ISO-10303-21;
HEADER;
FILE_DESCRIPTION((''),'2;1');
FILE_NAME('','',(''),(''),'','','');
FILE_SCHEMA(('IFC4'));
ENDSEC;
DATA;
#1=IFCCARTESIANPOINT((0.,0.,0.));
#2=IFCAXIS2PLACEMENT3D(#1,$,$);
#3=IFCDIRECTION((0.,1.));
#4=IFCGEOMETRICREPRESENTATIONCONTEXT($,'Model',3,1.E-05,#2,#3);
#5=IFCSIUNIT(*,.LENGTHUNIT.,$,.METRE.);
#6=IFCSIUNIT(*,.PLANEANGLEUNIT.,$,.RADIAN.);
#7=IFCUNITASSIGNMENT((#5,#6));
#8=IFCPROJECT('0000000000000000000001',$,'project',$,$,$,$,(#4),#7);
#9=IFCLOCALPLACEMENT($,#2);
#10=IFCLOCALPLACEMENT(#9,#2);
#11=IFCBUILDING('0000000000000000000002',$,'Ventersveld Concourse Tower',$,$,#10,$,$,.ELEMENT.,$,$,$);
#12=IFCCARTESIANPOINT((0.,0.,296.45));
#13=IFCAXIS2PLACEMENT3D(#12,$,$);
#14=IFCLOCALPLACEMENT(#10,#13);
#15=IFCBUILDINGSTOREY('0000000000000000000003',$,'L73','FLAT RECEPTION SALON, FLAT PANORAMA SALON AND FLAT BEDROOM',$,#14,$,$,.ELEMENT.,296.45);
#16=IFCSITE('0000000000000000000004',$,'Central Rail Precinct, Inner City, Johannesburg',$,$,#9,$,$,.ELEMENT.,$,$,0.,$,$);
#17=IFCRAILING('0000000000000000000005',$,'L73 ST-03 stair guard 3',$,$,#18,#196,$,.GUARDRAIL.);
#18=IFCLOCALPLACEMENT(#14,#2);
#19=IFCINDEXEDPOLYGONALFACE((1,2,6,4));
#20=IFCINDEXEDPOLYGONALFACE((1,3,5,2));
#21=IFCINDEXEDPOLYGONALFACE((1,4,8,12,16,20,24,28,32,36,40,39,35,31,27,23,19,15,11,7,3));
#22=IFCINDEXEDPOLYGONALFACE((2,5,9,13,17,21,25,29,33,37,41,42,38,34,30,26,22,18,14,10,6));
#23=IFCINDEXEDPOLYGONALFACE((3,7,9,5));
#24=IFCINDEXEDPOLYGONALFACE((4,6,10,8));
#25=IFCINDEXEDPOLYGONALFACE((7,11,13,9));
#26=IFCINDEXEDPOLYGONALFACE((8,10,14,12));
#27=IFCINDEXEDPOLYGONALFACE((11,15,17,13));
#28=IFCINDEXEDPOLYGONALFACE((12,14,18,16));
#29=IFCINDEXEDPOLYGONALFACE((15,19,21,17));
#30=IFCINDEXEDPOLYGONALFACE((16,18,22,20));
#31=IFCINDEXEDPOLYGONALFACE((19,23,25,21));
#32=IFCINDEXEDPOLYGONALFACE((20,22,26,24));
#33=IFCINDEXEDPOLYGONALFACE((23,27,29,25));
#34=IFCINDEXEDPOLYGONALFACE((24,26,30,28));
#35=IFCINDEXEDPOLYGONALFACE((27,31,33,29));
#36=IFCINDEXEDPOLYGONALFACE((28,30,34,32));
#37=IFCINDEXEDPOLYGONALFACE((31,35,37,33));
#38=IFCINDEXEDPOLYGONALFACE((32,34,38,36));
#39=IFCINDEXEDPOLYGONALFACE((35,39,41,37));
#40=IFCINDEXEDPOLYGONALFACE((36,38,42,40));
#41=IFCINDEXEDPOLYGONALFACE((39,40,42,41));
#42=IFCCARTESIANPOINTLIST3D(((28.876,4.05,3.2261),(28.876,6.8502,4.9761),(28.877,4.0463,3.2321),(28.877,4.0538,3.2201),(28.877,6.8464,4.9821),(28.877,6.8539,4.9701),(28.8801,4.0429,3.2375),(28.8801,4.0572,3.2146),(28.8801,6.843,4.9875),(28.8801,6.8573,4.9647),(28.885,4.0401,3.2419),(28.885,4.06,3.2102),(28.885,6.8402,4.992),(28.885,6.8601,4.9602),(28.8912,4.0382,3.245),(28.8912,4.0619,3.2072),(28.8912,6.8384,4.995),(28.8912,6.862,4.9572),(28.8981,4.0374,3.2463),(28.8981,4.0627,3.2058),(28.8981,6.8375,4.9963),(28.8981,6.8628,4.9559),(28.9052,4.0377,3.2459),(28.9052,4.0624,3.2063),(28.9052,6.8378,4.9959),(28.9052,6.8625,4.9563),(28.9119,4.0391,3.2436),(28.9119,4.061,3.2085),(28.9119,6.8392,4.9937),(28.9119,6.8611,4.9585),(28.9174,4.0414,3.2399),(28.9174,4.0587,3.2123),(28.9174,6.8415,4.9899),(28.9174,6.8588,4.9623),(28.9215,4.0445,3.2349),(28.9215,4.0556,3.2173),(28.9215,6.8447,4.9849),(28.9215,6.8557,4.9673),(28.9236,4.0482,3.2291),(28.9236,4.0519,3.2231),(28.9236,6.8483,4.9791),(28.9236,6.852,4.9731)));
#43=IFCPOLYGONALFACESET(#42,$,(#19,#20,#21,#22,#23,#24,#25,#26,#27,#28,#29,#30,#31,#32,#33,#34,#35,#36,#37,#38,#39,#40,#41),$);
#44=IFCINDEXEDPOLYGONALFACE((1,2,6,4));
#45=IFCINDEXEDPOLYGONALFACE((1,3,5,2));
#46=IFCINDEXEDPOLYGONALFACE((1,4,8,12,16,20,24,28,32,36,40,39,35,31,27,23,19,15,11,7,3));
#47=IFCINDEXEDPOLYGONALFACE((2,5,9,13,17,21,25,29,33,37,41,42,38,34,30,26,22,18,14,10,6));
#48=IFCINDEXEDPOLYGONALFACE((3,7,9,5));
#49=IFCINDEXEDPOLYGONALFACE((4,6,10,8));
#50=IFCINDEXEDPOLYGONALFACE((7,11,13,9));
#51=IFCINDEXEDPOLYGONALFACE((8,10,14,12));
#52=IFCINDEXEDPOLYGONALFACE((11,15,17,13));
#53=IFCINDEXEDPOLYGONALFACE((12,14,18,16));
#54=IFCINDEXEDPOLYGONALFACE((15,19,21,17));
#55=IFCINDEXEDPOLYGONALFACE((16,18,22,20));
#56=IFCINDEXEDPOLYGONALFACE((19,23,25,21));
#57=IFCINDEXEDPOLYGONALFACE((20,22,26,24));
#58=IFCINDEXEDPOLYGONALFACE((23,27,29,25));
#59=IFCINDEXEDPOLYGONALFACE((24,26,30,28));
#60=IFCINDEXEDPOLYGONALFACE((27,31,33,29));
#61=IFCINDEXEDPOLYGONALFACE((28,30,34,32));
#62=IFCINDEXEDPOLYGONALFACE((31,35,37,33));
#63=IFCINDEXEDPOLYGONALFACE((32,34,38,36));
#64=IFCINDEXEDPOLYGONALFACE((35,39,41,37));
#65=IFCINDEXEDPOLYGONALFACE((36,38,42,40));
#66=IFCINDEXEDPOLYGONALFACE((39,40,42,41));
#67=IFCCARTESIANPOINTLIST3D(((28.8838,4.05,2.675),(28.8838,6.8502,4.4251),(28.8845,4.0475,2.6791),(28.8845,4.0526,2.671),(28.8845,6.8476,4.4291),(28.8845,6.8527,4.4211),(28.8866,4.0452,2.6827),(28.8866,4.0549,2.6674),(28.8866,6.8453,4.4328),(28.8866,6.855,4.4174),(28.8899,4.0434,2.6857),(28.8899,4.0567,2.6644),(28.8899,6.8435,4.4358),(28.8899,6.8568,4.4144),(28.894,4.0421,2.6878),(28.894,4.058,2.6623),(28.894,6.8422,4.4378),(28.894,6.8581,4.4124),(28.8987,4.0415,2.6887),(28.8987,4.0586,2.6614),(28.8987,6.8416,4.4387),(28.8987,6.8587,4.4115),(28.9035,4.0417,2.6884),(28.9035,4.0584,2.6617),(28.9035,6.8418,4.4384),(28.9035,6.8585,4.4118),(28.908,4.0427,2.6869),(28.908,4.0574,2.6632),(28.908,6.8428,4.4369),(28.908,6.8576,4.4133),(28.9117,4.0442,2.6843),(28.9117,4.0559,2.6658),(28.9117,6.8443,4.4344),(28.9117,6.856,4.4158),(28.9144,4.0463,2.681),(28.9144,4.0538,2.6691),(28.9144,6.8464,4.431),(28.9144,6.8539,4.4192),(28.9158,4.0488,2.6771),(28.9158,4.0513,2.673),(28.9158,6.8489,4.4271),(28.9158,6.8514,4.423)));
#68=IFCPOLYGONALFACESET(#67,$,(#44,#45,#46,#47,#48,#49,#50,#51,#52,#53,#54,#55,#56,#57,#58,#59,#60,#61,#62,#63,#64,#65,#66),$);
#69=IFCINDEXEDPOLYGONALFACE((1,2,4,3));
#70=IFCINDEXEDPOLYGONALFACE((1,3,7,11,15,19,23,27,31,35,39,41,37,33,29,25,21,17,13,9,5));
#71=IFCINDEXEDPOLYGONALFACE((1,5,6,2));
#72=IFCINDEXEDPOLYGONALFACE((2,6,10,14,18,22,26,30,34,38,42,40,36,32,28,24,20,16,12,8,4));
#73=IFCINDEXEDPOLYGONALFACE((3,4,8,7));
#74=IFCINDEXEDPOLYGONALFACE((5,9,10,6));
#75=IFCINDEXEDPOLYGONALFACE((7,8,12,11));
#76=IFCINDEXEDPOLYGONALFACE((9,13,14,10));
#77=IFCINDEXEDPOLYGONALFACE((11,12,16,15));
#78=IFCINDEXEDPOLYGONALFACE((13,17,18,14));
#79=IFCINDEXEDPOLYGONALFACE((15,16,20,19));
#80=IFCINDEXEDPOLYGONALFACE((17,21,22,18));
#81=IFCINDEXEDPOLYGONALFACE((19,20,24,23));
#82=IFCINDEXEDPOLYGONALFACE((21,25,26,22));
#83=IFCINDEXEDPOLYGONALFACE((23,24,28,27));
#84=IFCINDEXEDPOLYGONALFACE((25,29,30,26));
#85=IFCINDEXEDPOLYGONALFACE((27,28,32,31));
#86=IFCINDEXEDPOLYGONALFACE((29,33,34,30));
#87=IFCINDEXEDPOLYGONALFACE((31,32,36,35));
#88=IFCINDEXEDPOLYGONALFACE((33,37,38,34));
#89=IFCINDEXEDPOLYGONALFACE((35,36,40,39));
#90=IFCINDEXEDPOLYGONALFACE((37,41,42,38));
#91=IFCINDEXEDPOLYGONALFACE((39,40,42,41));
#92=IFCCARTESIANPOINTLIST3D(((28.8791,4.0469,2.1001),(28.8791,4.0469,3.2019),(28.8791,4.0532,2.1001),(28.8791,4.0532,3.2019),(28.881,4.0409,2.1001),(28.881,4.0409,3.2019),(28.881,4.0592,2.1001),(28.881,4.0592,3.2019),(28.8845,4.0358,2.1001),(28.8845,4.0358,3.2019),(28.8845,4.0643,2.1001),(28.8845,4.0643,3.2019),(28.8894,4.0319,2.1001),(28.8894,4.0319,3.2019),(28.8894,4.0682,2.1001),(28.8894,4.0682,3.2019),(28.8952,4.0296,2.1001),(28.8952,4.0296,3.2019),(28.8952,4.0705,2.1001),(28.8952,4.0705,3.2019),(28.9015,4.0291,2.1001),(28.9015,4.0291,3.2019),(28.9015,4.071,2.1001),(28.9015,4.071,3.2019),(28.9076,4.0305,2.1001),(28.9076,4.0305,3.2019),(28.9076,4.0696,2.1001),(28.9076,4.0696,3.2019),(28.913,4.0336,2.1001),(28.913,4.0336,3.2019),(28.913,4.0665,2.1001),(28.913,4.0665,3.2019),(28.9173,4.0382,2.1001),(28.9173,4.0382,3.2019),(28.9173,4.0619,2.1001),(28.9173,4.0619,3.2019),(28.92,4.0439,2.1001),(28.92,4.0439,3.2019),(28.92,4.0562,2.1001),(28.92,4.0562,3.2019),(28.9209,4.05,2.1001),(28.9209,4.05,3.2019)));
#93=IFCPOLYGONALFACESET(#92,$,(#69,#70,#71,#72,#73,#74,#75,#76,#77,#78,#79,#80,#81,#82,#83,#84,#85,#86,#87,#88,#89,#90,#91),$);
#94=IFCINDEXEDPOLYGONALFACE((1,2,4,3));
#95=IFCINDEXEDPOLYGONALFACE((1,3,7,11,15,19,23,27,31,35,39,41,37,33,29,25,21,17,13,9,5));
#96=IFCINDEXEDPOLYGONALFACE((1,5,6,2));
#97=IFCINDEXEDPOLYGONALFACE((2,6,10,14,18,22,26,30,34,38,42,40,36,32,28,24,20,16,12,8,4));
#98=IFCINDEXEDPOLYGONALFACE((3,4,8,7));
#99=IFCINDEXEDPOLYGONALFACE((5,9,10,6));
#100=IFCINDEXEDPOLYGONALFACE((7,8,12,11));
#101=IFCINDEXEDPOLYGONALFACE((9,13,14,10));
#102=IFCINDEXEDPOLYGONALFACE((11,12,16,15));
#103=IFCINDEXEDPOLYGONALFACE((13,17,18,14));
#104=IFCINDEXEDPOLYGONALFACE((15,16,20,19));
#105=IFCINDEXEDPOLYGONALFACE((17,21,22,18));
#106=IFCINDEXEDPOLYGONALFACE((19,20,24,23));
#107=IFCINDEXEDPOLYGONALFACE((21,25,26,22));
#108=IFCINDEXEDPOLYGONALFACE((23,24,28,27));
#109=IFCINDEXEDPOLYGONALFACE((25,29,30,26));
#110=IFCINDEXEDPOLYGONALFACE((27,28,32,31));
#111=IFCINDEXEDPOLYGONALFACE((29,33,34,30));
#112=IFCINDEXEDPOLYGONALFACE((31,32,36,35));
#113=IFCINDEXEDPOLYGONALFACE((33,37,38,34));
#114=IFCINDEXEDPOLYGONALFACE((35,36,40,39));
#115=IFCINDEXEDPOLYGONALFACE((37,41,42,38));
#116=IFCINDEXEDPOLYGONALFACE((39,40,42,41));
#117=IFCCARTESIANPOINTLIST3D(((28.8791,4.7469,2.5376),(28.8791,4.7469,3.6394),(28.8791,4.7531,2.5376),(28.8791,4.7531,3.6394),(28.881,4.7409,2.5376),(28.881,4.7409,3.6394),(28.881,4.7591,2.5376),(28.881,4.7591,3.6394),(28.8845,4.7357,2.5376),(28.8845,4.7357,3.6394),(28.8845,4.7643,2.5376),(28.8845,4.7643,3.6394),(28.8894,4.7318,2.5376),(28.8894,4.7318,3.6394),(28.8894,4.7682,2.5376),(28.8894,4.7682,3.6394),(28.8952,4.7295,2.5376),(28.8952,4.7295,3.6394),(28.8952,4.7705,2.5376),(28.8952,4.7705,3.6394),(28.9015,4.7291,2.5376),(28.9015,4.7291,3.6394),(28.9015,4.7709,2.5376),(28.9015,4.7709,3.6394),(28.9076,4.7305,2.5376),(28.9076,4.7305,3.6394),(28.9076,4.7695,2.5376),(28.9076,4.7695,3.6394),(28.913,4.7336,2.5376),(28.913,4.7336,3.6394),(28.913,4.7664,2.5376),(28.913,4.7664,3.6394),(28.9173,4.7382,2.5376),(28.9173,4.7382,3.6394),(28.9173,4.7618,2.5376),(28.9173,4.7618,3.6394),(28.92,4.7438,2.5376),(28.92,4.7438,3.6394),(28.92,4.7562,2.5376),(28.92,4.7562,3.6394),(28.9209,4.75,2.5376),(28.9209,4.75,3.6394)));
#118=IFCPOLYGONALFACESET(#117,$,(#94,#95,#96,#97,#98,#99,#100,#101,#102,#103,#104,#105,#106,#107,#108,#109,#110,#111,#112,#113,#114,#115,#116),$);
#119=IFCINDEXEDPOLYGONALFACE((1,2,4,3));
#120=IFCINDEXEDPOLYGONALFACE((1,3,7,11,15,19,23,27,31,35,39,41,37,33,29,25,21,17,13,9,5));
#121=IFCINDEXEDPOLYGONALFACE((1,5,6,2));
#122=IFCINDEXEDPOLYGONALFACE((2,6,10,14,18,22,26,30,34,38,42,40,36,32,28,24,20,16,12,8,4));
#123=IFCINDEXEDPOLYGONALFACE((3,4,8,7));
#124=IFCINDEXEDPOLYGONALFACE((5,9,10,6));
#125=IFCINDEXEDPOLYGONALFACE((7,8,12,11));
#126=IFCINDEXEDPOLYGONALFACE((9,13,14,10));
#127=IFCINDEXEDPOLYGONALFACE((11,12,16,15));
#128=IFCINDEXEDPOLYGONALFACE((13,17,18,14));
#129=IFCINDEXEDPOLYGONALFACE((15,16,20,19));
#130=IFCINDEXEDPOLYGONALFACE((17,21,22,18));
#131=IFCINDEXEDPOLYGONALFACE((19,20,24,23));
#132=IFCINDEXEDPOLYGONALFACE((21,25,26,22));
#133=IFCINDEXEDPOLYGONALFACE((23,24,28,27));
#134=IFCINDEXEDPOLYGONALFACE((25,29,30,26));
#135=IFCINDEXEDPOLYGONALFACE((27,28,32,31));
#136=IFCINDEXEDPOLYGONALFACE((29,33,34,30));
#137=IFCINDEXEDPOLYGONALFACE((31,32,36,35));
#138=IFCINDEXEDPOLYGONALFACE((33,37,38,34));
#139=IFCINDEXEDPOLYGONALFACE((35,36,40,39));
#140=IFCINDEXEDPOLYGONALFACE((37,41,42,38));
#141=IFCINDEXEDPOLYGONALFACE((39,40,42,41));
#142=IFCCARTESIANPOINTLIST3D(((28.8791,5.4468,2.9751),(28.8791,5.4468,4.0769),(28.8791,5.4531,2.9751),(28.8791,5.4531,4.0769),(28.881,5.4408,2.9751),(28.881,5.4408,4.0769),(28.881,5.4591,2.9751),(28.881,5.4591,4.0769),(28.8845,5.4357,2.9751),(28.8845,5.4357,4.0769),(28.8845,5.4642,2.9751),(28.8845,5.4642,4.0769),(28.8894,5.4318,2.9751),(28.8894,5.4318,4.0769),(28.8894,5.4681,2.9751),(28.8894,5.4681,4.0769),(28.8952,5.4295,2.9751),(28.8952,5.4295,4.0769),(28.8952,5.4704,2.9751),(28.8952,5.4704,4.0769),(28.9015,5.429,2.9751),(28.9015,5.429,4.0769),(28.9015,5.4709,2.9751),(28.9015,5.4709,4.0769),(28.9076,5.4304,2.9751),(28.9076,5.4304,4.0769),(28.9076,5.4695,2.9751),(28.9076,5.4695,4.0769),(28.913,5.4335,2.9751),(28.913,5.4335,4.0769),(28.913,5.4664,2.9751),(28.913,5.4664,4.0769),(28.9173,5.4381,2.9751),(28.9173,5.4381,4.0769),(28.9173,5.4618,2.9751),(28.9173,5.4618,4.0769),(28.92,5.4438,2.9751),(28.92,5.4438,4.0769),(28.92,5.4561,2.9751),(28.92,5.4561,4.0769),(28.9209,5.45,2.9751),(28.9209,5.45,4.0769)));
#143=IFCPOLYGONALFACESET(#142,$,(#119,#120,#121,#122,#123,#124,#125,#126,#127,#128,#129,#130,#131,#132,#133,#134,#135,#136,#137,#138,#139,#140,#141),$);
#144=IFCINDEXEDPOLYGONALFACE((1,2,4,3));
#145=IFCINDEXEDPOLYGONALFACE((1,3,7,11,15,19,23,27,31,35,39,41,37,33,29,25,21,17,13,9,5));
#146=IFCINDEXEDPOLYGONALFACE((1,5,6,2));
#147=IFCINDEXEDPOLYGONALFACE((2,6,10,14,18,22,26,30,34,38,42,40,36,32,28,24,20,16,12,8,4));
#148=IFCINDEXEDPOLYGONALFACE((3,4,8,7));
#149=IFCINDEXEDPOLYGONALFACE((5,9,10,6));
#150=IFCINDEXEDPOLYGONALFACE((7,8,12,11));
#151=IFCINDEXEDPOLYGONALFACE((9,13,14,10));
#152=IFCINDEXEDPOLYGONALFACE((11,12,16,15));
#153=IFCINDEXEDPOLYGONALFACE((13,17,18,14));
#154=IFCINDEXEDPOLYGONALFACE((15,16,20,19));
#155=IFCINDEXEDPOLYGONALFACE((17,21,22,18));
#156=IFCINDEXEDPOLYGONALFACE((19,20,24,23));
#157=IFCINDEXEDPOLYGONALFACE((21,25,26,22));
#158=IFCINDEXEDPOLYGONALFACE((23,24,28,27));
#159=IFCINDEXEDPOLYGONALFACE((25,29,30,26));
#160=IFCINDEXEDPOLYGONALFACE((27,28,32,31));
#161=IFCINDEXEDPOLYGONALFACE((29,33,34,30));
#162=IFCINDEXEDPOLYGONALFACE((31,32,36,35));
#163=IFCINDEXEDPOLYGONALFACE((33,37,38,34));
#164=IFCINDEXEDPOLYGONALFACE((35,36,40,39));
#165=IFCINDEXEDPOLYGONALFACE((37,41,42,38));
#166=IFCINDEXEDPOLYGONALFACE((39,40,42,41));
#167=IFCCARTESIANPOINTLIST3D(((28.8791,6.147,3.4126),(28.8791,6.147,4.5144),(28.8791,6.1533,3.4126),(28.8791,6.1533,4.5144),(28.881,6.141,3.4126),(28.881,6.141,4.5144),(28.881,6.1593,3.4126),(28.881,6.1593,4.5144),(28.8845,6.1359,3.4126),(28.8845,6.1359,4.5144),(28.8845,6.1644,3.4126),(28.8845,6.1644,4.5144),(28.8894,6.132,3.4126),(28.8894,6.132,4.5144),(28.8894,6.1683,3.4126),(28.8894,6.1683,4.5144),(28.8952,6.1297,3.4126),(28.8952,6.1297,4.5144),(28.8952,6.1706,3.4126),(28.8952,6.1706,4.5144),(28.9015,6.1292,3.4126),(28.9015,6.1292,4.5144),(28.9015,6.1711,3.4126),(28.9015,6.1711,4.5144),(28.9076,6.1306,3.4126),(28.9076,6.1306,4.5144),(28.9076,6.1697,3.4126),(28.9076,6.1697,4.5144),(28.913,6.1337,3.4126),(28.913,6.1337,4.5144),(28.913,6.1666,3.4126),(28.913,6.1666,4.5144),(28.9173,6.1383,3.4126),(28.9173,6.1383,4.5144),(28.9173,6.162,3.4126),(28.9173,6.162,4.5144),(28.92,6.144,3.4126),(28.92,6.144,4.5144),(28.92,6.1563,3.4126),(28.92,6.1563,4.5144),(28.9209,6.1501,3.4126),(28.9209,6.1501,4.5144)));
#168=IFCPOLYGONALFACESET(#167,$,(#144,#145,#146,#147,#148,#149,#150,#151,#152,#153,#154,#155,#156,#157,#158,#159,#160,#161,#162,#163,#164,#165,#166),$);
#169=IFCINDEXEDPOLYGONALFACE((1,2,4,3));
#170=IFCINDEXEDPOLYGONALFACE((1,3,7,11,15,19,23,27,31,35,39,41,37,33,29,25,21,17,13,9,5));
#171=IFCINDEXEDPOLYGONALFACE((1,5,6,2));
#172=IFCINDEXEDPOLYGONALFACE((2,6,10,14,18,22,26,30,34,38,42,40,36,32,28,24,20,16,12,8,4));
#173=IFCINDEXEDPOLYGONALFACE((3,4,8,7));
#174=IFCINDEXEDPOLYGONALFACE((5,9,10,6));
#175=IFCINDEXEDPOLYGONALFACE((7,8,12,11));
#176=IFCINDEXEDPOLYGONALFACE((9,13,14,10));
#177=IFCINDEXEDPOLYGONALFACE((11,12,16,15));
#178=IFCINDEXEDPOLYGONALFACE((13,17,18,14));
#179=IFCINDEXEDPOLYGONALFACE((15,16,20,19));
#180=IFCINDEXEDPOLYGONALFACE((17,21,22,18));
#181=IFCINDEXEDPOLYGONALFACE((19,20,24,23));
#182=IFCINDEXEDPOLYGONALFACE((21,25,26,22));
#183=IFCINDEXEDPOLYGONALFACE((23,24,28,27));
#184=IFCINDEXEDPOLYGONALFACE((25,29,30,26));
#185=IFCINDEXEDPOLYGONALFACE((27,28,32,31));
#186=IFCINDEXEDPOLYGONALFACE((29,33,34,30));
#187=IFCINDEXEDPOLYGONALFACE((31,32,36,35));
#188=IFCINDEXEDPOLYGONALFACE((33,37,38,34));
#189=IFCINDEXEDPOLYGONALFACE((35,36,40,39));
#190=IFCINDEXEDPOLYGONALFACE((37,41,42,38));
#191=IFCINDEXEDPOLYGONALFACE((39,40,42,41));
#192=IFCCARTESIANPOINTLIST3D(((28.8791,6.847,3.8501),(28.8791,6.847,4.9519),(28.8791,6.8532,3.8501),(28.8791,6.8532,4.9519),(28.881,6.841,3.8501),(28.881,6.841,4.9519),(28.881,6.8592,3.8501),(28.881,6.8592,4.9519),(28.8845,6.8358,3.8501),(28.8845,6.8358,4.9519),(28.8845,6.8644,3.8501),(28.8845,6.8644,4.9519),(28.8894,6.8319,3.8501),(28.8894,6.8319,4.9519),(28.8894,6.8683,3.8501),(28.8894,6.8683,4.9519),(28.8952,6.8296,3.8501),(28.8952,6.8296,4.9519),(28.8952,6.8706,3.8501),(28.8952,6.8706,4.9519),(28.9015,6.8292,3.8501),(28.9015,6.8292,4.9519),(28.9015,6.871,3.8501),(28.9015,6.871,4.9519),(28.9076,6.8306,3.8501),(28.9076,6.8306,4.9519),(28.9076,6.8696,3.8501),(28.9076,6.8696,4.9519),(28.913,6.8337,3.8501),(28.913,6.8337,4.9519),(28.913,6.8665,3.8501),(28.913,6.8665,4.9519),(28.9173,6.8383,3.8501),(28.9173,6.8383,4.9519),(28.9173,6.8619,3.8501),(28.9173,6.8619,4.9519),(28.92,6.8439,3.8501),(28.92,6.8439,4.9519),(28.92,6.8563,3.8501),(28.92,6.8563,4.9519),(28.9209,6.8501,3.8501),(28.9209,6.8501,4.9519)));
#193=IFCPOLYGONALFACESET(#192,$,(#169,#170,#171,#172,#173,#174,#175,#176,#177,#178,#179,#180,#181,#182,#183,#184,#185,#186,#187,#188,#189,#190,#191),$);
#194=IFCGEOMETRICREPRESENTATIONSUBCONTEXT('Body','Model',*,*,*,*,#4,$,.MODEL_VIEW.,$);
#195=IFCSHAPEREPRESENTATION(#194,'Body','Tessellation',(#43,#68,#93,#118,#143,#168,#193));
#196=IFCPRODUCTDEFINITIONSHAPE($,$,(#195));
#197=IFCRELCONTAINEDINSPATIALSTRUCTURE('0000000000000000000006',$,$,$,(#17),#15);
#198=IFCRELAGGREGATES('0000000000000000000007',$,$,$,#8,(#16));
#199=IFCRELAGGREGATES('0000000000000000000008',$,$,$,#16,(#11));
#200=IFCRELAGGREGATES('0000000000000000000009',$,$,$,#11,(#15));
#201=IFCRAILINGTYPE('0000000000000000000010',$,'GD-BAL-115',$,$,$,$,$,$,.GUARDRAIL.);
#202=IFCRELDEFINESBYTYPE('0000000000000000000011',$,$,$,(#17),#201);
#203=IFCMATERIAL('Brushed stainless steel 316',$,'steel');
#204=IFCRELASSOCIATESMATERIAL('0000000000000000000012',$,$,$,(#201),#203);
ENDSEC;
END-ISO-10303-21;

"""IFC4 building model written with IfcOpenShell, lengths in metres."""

from ifc_helpers import new_model, si_unit, direction, frame, origin, origin_2d, place, context, subcontext, project, spatial, circle, extrude, material, type_object, element, save


model = new_model("IFC4")

# Units and contexts
model_context = context("Model", 3, precision=1e-05, world=origin(), true_north=direction((0.0, 1.0)))
body_context = subcontext(model_context, "Body", "Model", "MODEL_VIEW")
ifc_project = project(units=[si_unit("LENGTHUNIT", "METRE"), si_unit("PLANEANGLEUNIT", "RADIAN")], contexts=[model_context])

# Site, building, storey
site_placement = place(None, origin())
site = spatial("IfcSite", under=ifc_project, at=site_placement, Name="Central Rail Precinct, Inner City, Johannesburg", CompositionType="ELEMENT", RefElevation=0.0)
building_placement = place(site_placement, origin())
building = spatial("IfcBuilding", under=site, at=building_placement, Name="Ventersveld Concourse Tower", CompositionType="ELEMENT")
storey_placement = place(building_placement, frame((0.0, 0.0, 296.45)))
storey = spatial("IfcBuildingStorey", under=building, at=storey_placement, Name="L73", Description="FLAT RECEPTION SALON, FLAT PANORAMA SALON AND FLAT BEDROOM", CompositionType="ELEMENT", Elevation=296.45)

# Shared definitions
ifc_material_1 = material(Name="Brushed stainless steel 316", Category="steel")

# Railing
railing_type_1 = type_object("IfcRailingType", Name="GD-BAL-115", PredefinedType="GUARDRAIL", material=ifc_material_1)
railing_1_placement = place(storey_placement, frame((28.8999, 4.05, 2.1001)))
element("IfcRailing", 1, at=railing_1_placement, inside=storey, type_object=railing_type_1, Name="L73 ST-03 stair guard 3", PredefinedType="GUARDRAIL", context=body_context, shape_type="SweptSolid", body=[
    extrude(circle(Radius=0.0239, at=origin_2d()), frame((0.0, 0.0, 1.126), z_axis=(0.0, 0.848002, 0.529992), x_axis=(-1.0, 0.0, 0.0)), (0.0, 0.0, 1.0), 3.302),
    extrude(circle(Radius=0.0161, at=origin_2d()), frame((0.0, 0.0, 0.575), z_axis=(0.0, 0.848002, 0.529992), x_axis=(-1.0, 0.0, 0.0)), (0.0, 0.0, 1.0), 3.302),
    extrude(circle(Radius=0.021, at=origin_2d()), origin(), (0.0, 0.0, 1.0), 1.1018),
    extrude(circle(Radius=0.021, at=origin_2d()), frame((0.0, 0.7, 0.4375)), (0.0, 0.0, 1.0), 1.1018),
    extrude(circle(Radius=0.021, at=origin_2d()), frame((0.0, 1.3999, 0.875)), (0.0, 0.0, 1.0), 1.1018),
    extrude(circle(Radius=0.021, at=origin_2d()), frame((0.0, 2.1001, 1.3125)), (0.0, 0.0, 1.0), 1.1018),
    extrude(circle(Radius=0.021, at=origin_2d()), frame((0.0, 2.8, 1.75)), (0.0, 0.0, 1.0), 1.1018),
])

save(model, "model.ifc")
